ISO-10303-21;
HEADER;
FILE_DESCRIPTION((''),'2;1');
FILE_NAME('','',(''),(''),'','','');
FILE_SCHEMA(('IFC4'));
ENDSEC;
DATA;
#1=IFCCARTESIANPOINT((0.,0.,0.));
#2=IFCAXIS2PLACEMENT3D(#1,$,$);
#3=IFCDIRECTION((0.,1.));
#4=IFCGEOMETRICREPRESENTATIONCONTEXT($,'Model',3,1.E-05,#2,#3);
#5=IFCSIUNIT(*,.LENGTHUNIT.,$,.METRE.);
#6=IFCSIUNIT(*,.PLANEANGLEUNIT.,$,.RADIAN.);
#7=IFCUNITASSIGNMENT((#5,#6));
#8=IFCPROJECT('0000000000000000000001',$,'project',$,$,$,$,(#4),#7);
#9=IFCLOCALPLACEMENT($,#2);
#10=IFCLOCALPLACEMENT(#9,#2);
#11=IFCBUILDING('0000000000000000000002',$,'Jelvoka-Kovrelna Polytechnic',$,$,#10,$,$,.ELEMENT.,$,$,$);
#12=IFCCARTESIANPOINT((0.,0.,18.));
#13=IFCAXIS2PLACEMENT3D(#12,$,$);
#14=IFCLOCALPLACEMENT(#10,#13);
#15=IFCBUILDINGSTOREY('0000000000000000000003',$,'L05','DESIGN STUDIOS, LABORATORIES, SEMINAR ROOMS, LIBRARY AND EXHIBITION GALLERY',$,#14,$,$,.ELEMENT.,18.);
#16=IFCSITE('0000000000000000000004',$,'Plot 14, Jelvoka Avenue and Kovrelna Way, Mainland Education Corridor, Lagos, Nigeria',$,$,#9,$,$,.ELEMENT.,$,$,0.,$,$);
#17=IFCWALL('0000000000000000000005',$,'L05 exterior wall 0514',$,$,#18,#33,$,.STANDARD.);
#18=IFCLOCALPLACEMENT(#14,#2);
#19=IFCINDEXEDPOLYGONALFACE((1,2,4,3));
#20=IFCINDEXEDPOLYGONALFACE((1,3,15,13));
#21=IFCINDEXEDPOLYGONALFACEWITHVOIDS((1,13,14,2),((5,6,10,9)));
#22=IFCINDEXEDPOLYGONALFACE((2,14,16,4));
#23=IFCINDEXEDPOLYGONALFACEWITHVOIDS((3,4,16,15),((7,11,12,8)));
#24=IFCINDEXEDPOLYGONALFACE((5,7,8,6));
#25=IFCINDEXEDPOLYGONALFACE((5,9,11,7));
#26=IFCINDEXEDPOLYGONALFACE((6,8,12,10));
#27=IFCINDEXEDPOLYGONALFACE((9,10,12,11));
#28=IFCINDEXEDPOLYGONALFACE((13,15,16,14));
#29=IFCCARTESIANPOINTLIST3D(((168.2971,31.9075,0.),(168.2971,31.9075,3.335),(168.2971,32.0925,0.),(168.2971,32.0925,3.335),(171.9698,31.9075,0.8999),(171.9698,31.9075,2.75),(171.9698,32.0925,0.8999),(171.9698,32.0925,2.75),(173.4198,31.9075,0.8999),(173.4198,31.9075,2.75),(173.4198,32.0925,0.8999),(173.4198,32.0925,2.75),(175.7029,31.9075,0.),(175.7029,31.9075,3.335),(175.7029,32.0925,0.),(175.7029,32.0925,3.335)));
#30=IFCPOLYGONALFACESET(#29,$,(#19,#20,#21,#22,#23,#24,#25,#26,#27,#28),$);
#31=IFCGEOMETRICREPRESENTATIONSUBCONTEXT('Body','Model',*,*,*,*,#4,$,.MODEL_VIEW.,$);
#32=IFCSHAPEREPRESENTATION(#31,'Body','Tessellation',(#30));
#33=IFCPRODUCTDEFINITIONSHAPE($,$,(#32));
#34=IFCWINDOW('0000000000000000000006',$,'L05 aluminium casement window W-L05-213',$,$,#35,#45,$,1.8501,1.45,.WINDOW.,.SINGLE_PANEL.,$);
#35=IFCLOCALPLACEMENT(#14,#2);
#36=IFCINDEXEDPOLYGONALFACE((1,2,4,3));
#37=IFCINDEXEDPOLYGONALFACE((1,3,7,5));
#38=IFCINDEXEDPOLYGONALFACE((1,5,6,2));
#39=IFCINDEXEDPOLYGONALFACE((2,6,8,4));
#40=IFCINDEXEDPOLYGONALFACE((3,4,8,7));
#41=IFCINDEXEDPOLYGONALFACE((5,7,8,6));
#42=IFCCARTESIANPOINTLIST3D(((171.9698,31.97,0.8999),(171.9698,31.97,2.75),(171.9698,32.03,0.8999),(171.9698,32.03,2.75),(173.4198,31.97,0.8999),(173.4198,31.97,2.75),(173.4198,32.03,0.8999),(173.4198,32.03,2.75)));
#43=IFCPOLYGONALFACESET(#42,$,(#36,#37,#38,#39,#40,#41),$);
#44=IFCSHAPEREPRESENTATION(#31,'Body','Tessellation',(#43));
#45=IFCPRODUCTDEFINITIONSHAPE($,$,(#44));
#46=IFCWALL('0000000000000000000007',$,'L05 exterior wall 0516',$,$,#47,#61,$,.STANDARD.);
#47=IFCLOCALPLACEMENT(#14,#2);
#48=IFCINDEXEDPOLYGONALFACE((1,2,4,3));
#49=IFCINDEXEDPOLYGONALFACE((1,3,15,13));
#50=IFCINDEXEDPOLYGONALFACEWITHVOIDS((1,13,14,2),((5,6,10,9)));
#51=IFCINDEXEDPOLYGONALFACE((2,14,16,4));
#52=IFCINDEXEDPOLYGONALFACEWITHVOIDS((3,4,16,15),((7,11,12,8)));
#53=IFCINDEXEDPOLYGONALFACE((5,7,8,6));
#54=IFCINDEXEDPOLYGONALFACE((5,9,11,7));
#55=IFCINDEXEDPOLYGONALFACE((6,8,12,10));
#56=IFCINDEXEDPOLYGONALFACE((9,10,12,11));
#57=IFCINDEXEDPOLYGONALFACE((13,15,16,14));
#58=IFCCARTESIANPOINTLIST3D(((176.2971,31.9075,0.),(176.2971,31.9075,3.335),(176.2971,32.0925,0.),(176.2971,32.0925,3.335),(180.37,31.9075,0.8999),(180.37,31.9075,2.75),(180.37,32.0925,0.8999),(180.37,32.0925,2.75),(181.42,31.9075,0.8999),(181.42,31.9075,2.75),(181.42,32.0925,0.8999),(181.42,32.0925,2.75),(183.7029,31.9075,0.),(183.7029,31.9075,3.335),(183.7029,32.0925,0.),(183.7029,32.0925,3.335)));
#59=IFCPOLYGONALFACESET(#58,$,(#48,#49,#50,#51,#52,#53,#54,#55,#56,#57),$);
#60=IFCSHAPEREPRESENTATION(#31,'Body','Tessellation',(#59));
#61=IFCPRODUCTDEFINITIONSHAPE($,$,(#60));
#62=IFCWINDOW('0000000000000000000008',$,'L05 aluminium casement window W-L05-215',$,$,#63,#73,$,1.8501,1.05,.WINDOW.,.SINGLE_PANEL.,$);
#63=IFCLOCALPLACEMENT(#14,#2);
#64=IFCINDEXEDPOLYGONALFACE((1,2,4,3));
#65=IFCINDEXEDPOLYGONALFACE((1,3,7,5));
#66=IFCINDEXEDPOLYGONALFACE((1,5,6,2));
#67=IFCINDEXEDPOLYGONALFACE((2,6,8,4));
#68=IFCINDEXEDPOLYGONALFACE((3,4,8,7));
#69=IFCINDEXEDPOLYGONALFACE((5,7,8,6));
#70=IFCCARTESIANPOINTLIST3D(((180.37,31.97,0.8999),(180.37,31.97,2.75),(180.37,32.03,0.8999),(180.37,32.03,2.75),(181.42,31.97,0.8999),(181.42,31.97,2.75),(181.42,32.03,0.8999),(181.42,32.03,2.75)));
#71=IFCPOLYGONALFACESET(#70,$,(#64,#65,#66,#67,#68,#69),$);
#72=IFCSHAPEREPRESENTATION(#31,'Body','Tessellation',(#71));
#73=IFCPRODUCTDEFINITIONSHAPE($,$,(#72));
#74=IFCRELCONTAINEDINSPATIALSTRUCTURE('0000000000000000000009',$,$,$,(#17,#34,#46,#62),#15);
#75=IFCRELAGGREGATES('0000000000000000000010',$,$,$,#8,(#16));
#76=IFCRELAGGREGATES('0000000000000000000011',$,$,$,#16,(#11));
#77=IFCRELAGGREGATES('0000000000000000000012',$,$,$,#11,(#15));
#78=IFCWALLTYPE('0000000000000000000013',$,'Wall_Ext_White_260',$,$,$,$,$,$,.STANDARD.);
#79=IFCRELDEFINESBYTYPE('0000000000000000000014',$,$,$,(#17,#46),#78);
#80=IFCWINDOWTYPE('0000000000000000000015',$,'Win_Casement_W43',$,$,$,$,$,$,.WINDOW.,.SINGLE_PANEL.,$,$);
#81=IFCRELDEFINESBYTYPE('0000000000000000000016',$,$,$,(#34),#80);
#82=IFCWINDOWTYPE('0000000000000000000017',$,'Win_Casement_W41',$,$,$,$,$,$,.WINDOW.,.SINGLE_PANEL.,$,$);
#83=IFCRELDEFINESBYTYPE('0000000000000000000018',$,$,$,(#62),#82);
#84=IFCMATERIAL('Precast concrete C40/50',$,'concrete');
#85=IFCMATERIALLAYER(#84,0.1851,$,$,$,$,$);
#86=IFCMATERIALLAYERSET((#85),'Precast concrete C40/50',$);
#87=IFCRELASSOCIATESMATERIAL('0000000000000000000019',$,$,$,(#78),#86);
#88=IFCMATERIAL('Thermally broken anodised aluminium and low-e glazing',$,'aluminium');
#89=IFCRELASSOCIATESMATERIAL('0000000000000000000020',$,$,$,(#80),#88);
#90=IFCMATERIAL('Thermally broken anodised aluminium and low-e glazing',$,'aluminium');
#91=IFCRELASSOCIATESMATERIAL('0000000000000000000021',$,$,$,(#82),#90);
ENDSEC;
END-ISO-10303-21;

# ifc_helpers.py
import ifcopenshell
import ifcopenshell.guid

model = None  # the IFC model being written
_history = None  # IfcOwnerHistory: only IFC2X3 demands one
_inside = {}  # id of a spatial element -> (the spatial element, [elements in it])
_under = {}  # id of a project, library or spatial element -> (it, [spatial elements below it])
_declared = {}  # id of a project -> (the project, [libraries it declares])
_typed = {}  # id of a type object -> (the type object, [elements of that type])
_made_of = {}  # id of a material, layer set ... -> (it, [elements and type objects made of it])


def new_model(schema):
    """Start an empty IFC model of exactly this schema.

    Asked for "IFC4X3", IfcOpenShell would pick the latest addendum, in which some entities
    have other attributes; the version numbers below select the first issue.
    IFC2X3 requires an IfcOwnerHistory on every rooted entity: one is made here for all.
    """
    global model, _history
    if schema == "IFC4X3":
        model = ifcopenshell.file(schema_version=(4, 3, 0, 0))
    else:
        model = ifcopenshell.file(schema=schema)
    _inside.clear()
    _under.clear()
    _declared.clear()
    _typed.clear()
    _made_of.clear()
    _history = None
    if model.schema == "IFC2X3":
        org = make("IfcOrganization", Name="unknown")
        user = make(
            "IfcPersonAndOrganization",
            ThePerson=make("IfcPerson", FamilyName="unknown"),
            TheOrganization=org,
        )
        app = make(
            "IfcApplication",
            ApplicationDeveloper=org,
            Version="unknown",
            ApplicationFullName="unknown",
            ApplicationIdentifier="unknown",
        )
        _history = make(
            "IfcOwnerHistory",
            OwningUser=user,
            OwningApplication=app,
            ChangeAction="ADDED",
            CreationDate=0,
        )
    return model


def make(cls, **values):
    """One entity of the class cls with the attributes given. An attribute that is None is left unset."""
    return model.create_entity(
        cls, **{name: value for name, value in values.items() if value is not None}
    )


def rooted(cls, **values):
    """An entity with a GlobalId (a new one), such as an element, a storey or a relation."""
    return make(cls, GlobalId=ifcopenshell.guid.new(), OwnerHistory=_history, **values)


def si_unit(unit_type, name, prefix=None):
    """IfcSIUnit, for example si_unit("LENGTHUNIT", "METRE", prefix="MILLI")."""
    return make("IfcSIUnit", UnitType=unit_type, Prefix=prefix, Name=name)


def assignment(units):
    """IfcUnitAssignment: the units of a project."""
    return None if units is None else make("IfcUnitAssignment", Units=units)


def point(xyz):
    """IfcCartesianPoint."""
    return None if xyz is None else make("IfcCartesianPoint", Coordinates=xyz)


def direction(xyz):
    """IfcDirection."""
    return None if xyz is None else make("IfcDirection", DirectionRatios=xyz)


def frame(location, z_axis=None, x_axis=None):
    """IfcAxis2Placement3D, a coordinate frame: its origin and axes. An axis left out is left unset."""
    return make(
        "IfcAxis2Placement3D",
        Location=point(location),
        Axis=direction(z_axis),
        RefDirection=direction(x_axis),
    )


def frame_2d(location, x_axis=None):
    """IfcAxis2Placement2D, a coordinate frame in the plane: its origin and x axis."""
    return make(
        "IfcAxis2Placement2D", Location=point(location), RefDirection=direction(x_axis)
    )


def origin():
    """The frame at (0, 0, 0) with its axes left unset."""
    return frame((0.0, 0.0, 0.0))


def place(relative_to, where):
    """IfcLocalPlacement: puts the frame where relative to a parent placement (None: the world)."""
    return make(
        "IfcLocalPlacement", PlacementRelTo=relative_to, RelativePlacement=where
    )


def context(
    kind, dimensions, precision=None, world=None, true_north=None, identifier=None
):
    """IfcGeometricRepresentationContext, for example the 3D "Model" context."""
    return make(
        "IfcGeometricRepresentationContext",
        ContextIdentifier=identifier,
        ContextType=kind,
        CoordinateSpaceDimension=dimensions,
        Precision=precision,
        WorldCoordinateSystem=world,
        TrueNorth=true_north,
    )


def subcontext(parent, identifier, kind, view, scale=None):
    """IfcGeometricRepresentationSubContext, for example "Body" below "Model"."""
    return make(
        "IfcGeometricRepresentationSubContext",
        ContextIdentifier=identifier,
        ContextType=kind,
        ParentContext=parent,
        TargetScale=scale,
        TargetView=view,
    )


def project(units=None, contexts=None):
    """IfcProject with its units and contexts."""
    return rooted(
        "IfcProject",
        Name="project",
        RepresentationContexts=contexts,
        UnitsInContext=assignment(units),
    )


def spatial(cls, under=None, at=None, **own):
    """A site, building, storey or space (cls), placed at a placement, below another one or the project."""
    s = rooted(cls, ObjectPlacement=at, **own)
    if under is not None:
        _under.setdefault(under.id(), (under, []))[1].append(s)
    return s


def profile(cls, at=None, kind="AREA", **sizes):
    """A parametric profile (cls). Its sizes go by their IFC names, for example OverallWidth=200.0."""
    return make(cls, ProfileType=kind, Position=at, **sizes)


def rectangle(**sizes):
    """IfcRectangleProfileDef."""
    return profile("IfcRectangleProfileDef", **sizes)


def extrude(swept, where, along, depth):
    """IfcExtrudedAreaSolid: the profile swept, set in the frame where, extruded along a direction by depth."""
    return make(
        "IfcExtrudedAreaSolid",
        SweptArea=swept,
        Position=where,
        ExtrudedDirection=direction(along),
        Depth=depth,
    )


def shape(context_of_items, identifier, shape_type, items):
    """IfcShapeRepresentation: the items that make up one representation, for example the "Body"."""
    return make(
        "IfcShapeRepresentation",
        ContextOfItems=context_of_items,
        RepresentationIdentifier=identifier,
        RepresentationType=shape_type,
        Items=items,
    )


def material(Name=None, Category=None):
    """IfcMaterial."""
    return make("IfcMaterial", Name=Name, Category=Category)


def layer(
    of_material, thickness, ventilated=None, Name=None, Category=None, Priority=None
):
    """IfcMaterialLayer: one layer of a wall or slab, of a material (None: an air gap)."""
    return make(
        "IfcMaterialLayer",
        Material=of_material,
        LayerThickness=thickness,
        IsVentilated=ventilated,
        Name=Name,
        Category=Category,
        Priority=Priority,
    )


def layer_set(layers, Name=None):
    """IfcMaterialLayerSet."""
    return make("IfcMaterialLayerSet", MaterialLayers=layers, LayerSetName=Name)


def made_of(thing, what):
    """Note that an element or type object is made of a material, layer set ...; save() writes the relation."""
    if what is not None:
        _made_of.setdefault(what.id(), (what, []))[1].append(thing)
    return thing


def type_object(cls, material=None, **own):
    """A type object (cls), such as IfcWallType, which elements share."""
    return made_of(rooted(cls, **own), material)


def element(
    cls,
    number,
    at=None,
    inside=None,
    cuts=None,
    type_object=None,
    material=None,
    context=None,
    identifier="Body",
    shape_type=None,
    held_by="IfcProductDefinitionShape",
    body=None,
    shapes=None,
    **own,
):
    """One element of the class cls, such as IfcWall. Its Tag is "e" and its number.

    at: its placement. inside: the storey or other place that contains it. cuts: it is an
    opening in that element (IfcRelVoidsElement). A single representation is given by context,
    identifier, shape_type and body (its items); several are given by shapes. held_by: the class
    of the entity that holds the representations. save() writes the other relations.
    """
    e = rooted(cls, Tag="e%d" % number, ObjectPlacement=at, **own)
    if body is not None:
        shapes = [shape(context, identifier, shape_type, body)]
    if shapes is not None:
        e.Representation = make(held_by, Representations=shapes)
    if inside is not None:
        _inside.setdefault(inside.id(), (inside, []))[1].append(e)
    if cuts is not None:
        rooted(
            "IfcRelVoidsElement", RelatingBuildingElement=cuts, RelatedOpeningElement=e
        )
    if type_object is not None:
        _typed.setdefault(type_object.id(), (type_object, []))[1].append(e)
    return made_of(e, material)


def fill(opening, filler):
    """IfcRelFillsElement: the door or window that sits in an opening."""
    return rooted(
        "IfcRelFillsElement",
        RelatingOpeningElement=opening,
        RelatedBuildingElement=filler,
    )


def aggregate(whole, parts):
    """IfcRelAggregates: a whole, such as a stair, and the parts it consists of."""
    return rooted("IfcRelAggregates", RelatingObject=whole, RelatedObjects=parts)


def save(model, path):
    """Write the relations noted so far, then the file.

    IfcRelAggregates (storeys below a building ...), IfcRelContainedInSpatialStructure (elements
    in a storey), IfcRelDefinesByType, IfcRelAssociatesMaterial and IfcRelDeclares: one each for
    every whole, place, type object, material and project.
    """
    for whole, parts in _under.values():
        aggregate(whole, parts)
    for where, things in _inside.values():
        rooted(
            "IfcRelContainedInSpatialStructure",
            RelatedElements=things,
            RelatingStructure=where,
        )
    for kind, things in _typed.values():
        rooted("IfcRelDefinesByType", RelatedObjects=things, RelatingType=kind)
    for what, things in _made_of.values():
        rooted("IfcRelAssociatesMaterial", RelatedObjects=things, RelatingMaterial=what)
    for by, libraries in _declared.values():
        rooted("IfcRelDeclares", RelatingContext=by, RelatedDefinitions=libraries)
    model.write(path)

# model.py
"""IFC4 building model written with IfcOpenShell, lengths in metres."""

from ifc_helpers import new_model, si_unit, direction, frame, frame_2d, origin, place, context, subcontext, project, spatial, rectangle, extrude, material, layer, layer_set, type_object, element, fill, save


model = new_model("IFC4")

# Units and contexts
model_context = context("Model", 3, precision=1e-05, world=origin(), true_north=direction((0.0, 1.0)))
body_context = subcontext(model_context, "Body", "Model", "MODEL_VIEW")
ifc_project = project(units=[si_unit("LENGTHUNIT", "METRE"), si_unit("PLANEANGLEUNIT", "RADIAN")], contexts=[model_context])

# Site, building, storey
site_placement = place(None, origin())
site = spatial("IfcSite", under=ifc_project, at=site_placement, Name="Plot 14, Jelvoka Avenue and Kovrelna Way, Mainland Education Corridor, Lagos, Nigeria", CompositionType="ELEMENT", RefElevation=0.0)
building_placement = place(site_placement, origin())
building = spatial("IfcBuilding", under=site, at=building_placement, Name="Jelvoka-Kovrelna Polytechnic", CompositionType="ELEMENT")
storey_placement = place(building_placement, frame((0.0, 0.0, 18.0)))
storey = spatial("IfcBuildingStorey", under=building, at=storey_placement, Name="L05", Description="DESIGN STUDIOS, LABORATORIES, SEMINAR ROOMS, LIBRARY AND EXHIBITION GALLERY", CompositionType="ELEMENT", Elevation=18.0)

# Walls, openings, windows
ifc_material_1 = material(Name="Precast concrete C40/50", Category="concrete")
ifc_layer = layer(ifc_material_1, 0.1851)
ifc_layer_set = layer_set([ifc_layer], Name="Precast concrete C40/50")
wall_type = type_object("IfcWallType", Name="Wall_Ext_White_260", PredefinedType="STANDARD", material=ifc_layer_set)
wall_1_placement = place(storey_placement, frame((175.7029, 32.0, 0.0), z_axis=(0.0, 0.0, 1.0), x_axis=(-1.0, 0.0, 0.0)))
wall_1 = element("IfcWall", 1, at=wall_1_placement, inside=storey, type_object=wall_type, Name="L05 exterior wall 0514", PredefinedType="STANDARD", context=body_context, shape_type="SweptSolid", body=[
    extrude(rectangle(XDim=7.4058, YDim=0.1851, at=frame_2d((3.7029, 0.0))), origin(), (0.0, 0.0, 1.0), 3.335),
])
opening_1_placement = place(wall_1_placement, frame((2.283, 0.0, 0.8999)))
opening_1 = element("IfcOpeningElement", 2, at=opening_1_placement, cuts=wall_1, PredefinedType="OPENING", context=body_context, shape_type="SweptSolid", body=[
    extrude(rectangle(XDim=1.45, YDim=1.8501, at=frame_2d((0.7251, 0.925))), frame((0.0, 0.1025, 0.0), z_axis=(0.0, -1.0, 0.0), x_axis=(1.0, 0.0, 0.0)), (0.0, 0.0, 1.0), 0.2051),
])
ifc_material_2 = material(Name="Thermally broken anodised aluminium and low-e glazing", Category="aluminium")
window_type_1 = type_object("IfcWindowType", Name="Win_Casement_W43", PartitioningType="SINGLE_PANEL", PredefinedType="WINDOW", material=ifc_material_2)
window_1_placement = place(opening_1_placement, origin())
window_1 = element("IfcWindow", 3, at=window_1_placement, inside=storey, type_object=window_type_1, Name="L05 aluminium casement window W-L05-213", OverallHeight=1.8501, OverallWidth=1.45, PartitioningType="SINGLE_PANEL", PredefinedType="WINDOW", context=body_context, shape_type="SweptSolid", body=[
    extrude(rectangle(XDim=1.45, YDim=1.8501, at=frame_2d((0.7251, 0.925))), frame((0.0, 0.03, 0.0), z_axis=(0.0, -1.0, 0.0), x_axis=(1.0, 0.0, 0.0)), (0.0, 0.0, 1.0), 0.0601),
])
fill(opening_1, window_1)
wall_2_placement = place(storey_placement, frame((183.7029, 32.0, 0.0), z_axis=(0.0, 0.0, 1.0), x_axis=(-1.0, 0.0, 0.0)))
wall_2 = element("IfcWall", 4, at=wall_2_placement, inside=storey, type_object=wall_type, Name="L05 exterior wall 0516", PredefinedType="STANDARD", context=body_context, shape_type="SweptSolid", body=[
    extrude(rectangle(XDim=7.4058, YDim=0.1851, at=frame_2d((3.7029, 0.0))), origin(), (0.0, 0.0, 1.0), 3.335),
])
opening_2_placement = place(wall_2_placement, frame((2.283, 0.0, 0.8999)))
opening_2 = element("IfcOpeningElement", 5, at=opening_2_placement, cuts=wall_2, PredefinedType="OPENING", context=body_context, shape_type="SweptSolid", body=[
    extrude(rectangle(XDim=1.05, YDim=1.8501, at=frame_2d((0.5249, 0.925))), frame((0.0, 0.1025, 0.0), z_axis=(0.0, -1.0, 0.0), x_axis=(1.0, 0.0, 0.0)), (0.0, 0.0, 1.0), 0.2051),
])
ifc_material_3 = material(Name="Thermally broken anodised aluminium and low-e glazing", Category="aluminium")
window_type_2 = type_object("IfcWindowType", Name="Win_Casement_W41", PartitioningType="SINGLE_PANEL", PredefinedType="WINDOW", material=ifc_material_3)
window_2_placement = place(opening_2_placement, origin())
window_2 = element("IfcWindow", 6, at=window_2_placement, inside=storey, type_object=window_type_2, Name="L05 aluminium casement window W-L05-215", OverallHeight=1.8501, OverallWidth=1.05, PartitioningType="SINGLE_PANEL", PredefinedType="WINDOW", context=body_context, shape_type="SweptSolid", body=[
    extrude(rectangle(XDim=1.05, YDim=1.8501, at=frame_2d((0.5249, 0.925))), frame((0.0, 0.03, 0.0), z_axis=(0.0, -1.0, 0.0), x_axis=(1.0, 0.0, 0.0)), (0.0, 0.0, 1.0), 0.0601),
])
fill(opening_2, window_2)

save(model, "model.ifc")
